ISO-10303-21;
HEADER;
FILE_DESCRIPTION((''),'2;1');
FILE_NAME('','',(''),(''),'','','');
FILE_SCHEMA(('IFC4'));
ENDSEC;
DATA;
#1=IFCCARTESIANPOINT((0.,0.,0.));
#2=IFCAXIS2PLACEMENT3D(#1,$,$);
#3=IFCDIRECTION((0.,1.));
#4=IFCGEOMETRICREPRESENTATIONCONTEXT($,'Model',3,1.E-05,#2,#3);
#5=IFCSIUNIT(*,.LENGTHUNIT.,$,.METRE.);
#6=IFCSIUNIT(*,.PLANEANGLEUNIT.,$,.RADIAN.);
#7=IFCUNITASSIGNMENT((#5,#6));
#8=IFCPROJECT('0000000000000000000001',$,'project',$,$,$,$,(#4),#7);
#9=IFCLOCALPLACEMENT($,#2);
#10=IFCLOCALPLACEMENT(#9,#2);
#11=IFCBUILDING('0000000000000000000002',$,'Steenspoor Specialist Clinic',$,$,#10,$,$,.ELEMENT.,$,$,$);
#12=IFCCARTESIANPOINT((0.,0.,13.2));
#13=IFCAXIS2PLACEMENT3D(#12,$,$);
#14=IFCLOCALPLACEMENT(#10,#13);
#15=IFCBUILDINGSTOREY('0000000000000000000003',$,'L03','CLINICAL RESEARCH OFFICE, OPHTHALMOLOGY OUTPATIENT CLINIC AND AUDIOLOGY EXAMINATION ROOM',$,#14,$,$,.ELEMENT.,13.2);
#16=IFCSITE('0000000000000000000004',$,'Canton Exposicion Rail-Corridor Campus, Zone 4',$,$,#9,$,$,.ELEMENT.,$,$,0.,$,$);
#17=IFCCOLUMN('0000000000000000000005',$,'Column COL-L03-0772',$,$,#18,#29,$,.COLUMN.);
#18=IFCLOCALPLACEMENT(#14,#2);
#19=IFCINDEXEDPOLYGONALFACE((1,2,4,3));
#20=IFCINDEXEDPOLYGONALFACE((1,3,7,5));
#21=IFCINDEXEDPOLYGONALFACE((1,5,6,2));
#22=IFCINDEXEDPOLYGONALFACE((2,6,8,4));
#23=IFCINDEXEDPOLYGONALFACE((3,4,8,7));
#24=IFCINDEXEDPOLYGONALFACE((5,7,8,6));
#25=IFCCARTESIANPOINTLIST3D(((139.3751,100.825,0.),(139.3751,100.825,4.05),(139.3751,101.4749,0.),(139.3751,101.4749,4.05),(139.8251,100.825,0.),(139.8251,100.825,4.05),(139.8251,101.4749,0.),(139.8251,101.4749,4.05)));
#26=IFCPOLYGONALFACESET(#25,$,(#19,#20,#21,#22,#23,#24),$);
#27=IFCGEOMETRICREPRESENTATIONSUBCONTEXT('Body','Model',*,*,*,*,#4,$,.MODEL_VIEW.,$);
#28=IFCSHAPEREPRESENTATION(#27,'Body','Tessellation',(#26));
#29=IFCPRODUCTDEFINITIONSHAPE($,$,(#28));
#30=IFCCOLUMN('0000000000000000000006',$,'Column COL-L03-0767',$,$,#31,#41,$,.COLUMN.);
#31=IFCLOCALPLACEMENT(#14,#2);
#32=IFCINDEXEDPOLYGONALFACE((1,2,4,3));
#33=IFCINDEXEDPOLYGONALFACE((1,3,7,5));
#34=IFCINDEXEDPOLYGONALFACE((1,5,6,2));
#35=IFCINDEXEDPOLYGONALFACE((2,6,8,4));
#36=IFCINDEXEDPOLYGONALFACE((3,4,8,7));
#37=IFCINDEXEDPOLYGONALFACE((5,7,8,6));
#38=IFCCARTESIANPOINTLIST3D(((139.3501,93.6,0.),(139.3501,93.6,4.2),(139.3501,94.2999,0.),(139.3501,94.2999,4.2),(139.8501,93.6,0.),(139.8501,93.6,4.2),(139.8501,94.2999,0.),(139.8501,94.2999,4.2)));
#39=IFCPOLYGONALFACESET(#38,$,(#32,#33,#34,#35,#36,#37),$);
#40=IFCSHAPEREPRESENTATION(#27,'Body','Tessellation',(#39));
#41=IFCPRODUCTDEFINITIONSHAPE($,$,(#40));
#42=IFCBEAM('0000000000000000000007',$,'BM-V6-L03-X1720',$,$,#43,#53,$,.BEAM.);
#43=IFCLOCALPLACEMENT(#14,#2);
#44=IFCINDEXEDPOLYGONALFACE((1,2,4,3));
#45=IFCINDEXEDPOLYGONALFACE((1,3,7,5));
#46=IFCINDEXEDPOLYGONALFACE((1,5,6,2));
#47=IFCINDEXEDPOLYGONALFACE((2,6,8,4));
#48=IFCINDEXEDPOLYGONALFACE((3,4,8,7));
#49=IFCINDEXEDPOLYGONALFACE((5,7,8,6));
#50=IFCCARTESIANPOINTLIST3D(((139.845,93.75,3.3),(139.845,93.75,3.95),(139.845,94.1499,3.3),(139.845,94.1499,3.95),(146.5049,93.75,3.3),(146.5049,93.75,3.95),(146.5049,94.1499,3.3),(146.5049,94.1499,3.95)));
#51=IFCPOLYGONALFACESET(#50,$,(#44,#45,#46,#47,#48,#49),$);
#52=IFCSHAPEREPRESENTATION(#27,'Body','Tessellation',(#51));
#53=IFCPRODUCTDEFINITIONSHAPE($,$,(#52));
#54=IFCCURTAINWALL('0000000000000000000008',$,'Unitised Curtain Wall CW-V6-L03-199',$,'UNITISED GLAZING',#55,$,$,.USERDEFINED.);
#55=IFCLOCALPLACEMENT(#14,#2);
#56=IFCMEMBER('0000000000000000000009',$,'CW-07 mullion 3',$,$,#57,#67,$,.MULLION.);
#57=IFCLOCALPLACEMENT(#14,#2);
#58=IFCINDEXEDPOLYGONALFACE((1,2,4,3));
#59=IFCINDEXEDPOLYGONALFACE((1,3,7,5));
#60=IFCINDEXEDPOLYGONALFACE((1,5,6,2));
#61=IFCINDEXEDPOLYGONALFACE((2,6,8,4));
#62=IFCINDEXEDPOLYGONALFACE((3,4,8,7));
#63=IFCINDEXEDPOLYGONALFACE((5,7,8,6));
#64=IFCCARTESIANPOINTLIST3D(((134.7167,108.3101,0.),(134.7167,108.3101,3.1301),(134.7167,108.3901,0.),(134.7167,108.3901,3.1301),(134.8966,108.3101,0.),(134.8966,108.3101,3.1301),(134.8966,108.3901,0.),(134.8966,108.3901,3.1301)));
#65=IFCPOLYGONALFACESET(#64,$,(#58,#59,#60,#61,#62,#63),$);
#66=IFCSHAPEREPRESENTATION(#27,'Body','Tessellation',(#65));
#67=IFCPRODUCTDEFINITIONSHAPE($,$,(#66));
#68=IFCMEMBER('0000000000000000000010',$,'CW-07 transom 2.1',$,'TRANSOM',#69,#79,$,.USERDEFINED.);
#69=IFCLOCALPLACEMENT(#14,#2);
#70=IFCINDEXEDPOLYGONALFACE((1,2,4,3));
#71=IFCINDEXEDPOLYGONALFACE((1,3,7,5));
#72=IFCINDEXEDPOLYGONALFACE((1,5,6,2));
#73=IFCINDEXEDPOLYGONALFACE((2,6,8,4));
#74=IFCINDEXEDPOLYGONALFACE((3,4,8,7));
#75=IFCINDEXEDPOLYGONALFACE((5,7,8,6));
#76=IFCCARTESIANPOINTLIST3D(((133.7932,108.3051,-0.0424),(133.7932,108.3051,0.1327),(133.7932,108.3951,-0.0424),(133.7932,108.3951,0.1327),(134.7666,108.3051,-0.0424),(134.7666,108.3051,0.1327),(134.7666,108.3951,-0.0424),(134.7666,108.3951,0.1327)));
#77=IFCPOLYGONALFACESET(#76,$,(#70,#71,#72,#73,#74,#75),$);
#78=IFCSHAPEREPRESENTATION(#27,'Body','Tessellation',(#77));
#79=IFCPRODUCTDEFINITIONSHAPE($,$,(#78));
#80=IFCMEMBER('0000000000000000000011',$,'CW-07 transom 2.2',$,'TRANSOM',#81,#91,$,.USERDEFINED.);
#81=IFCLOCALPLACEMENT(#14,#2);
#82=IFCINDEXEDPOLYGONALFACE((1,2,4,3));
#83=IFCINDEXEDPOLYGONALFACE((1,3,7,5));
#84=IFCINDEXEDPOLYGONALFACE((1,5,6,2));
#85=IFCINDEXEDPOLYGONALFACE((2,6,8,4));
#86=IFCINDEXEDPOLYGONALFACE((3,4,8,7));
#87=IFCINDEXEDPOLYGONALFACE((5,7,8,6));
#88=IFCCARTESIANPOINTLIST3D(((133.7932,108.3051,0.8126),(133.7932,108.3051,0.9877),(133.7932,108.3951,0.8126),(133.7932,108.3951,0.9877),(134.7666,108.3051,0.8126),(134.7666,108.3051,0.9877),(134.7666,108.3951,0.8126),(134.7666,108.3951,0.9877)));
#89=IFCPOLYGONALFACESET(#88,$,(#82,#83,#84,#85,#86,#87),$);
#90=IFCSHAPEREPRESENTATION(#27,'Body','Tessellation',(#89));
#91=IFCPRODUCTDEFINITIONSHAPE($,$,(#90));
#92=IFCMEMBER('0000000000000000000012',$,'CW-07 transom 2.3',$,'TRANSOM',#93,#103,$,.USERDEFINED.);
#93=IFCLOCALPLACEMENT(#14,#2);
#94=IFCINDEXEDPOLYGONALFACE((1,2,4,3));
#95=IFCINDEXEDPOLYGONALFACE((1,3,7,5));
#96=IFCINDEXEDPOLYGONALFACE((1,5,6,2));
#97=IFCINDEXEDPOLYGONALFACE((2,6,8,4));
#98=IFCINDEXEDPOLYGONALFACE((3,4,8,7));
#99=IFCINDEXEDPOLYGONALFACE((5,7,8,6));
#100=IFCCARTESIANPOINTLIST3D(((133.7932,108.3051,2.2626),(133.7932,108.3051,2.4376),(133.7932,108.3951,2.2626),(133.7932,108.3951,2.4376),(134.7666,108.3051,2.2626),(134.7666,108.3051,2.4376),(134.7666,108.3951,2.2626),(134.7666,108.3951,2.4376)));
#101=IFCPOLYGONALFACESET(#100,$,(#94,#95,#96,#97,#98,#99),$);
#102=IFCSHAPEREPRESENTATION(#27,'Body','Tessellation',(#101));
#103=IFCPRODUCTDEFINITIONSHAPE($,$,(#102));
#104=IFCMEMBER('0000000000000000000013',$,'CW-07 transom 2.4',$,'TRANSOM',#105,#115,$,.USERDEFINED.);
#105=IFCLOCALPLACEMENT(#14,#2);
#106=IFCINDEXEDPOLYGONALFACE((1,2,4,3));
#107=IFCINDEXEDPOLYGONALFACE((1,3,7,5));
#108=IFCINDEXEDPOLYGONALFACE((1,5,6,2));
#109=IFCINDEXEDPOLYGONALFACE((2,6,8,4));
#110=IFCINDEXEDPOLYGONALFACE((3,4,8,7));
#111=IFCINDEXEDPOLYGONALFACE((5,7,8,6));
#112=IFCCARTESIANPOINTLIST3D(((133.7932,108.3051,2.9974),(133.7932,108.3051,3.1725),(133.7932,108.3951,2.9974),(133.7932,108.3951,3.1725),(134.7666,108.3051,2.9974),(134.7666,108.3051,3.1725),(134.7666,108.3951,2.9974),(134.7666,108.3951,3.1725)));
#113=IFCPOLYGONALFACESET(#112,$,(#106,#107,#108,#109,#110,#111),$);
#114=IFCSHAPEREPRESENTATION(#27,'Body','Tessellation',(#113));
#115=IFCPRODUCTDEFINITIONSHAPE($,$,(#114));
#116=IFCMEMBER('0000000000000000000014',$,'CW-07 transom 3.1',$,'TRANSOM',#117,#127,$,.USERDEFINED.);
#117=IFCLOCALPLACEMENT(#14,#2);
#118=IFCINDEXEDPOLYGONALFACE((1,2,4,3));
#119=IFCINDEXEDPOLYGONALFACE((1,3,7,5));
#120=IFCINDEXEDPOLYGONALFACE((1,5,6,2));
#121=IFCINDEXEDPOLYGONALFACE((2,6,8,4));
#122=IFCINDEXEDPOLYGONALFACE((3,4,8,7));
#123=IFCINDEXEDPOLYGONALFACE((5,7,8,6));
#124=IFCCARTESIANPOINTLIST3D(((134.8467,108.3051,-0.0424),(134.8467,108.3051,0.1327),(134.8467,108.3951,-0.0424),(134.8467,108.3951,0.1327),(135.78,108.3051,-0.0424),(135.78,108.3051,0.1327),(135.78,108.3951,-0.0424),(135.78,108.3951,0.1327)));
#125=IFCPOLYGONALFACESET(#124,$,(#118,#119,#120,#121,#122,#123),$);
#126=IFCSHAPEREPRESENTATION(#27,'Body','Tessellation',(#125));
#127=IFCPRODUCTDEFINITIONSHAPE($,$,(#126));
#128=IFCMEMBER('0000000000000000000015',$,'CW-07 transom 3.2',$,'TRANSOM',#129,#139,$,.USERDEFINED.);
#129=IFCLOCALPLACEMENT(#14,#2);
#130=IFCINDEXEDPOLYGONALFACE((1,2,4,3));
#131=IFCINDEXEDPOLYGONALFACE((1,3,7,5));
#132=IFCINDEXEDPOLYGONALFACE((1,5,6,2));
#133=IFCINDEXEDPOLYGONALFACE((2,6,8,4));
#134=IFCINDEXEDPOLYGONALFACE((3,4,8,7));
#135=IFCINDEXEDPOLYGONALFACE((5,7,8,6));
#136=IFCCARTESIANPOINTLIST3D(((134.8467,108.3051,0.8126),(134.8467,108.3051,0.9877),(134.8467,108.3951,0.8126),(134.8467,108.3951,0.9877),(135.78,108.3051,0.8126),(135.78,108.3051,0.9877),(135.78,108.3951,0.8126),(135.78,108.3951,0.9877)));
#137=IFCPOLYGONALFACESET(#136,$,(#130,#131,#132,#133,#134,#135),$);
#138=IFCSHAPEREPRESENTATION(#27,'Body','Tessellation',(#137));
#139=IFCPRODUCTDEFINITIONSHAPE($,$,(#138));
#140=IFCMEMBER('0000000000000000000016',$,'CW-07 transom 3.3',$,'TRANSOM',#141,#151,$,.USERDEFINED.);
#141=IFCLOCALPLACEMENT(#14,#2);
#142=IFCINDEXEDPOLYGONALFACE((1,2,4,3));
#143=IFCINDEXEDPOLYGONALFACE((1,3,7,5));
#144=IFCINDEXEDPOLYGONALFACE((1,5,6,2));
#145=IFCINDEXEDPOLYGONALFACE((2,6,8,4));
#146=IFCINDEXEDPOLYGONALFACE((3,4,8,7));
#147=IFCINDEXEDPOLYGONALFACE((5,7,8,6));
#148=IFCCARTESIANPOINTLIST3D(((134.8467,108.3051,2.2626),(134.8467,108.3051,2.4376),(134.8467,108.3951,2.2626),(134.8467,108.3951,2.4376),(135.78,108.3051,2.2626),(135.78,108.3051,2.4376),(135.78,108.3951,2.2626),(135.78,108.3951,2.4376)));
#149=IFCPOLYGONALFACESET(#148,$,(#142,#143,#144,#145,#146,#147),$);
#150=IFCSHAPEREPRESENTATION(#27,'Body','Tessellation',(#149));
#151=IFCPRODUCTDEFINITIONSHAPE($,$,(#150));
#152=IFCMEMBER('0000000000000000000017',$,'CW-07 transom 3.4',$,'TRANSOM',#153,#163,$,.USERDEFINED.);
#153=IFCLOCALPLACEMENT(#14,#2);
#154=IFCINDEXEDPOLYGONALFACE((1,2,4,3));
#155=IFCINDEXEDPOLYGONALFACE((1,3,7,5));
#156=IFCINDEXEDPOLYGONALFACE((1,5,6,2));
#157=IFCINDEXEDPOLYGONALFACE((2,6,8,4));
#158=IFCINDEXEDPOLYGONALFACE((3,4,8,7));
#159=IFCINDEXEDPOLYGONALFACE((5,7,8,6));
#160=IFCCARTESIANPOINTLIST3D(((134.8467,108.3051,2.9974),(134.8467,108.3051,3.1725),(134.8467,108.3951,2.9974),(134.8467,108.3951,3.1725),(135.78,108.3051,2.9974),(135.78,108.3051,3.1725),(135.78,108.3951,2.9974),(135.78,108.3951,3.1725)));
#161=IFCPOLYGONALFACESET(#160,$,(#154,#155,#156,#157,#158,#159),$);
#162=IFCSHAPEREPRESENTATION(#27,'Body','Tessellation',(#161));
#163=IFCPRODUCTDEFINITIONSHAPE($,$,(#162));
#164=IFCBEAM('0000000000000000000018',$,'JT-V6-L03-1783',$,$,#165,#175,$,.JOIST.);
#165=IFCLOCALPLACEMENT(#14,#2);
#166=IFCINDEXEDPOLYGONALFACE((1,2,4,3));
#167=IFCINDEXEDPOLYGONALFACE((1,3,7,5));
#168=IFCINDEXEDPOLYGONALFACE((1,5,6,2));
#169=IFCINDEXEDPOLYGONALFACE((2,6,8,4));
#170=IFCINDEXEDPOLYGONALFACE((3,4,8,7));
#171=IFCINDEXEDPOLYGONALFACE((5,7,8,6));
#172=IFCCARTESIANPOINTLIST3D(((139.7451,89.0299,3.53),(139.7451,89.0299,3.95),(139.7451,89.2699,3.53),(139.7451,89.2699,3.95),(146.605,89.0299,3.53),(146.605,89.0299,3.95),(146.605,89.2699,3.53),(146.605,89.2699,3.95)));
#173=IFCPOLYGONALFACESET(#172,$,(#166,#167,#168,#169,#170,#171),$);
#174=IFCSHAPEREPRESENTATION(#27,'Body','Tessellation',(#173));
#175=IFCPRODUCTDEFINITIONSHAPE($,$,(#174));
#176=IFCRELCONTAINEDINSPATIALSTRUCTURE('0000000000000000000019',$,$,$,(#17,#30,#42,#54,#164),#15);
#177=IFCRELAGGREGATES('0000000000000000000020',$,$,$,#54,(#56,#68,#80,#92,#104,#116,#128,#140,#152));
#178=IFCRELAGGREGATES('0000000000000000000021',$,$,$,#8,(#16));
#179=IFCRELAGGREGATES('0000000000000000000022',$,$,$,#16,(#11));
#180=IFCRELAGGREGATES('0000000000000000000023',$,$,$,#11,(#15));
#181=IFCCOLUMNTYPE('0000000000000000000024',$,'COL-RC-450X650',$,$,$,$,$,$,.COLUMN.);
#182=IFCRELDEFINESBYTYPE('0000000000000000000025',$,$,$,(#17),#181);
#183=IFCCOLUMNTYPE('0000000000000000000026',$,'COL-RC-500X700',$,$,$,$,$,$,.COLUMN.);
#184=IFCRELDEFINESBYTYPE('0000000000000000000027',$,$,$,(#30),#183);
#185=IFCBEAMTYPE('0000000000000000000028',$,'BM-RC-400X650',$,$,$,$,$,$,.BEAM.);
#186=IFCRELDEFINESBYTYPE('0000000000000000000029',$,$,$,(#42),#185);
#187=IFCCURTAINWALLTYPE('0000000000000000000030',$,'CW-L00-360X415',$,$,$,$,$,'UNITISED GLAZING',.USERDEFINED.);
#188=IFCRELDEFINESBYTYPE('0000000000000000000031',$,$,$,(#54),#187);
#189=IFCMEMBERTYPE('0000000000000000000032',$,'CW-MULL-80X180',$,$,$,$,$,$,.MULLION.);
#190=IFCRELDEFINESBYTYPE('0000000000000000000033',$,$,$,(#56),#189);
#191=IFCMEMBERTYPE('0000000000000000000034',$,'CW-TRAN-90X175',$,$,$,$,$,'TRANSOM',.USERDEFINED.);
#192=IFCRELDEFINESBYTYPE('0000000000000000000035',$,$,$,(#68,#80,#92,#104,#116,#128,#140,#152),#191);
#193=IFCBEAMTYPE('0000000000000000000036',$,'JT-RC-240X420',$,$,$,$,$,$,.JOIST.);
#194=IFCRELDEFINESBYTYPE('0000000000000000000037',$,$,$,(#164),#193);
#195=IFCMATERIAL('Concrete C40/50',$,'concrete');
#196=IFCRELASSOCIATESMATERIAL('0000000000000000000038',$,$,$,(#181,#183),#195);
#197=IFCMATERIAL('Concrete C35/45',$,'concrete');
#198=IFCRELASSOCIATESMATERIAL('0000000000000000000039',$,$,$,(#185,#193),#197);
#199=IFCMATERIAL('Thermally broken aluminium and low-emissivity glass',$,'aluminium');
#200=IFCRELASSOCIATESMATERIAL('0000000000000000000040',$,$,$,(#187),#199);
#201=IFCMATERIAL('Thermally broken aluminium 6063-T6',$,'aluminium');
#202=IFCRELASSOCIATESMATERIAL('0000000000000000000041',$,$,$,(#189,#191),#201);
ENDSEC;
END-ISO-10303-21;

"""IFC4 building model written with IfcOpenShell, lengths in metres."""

from ifc_helpers import new_model, si_unit, direction, frame, origin, origin_2d, place, context, subcontext, project, spatial, rectangle, extrude, material, material_profile, profile_set, type_object, element, aggregate, save


model = new_model("IFC4")

# Units and contexts
model_context = context("Model", 3, precision=1e-05, world=origin(), true_north=direction((0.0, 1.0)))
body_context = subcontext(model_context, "Body", "Model", "MODEL_VIEW")
ifc_project = project(units=[si_unit("LENGTHUNIT", "METRE"), si_unit("PLANEANGLEUNIT", "RADIAN")], contexts=[model_context])

# Site, building, storey
site_placement = place(None, origin())
site = spatial("IfcSite", under=ifc_project, at=site_placement, Name="Canton Exposicion Rail-Corridor Campus, Zone 4", CompositionType="ELEMENT", RefElevation=0.0)
building_placement = place(site_placement, origin())
building = spatial("IfcBuilding", under=site, at=building_placement, Name="Steenspoor Specialist Clinic", CompositionType="ELEMENT")
storey_placement = place(building_placement, frame((0.0, 0.0, 13.2)))
storey = spatial("IfcBuildingStorey", under=building, at=storey_placement, Name="L03", Description="CLINICAL RESEARCH OFFICE, OPHTHALMOLOGY OUTPATIENT CLINIC AND AUDIOLOGY EXAMINATION ROOM", CompositionType="ELEMENT", Elevation=13.2)

# Columns
ifc_material_1 = material(Name="Concrete C40/50", Category="concrete")
ifc_material_profile_1 = material_profile(ifc_material_1, rectangle(XDim=0.45, YDim=0.6499, at=origin_2d()), Name="RC-COL-450X650")
ifc_profile_set_1 = profile_set([ifc_material_profile_1], Name="Concrete C40/50")
column_type_1 = type_object("IfcColumnType", Name="COL-RC-450X650", PredefinedType="COLUMN", material=ifc_profile_set_1)
column_1_placement = place(storey_placement, frame((139.6001, 101.1499, 0.0), z_axis=(0.0, 0.0, 1.0), x_axis=(1.0, 0.0, 0.0)))
element("IfcColumn", 1, at=column_1_placement, inside=storey, type_object=column_type_1, Name="Column COL-L03-0772", PredefinedType="COLUMN", context=body_context, shape_type="SweptSolid", body=[
    extrude(rectangle(XDim=0.45, YDim=0.6499, at=origin_2d()), origin(), (0.0, 0.0, 1.0), 4.05),
])
ifc_material_profile_2 = material_profile(ifc_material_1, rectangle(XDim=0.5, YDim=0.7, at=origin_2d()), Name="RC-COL-500X700")
ifc_profile_set_2 = profile_set([ifc_material_profile_2], Name="Concrete C40/50")
column_type_2 = type_object("IfcColumnType", Name="COL-RC-500X700", PredefinedType="COLUMN", material=ifc_profile_set_2)
column_2_placement = place(storey_placement, frame((139.6001, 93.95, 0.0), z_axis=(0.0, 0.0, 1.0), x_axis=(1.0, 0.0, 0.0)))
element("IfcColumn", 2, at=column_2_placement, inside=storey, type_object=column_type_2, Name="Column COL-L03-0767", PredefinedType="COLUMN", context=body_context, shape_type="SweptSolid", body=[
    extrude(rectangle(XDim=0.5, YDim=0.7, at=origin_2d()), origin(), (0.0, 0.0, 1.0), 4.2),
])

# Beam
ifc_material_2 = material(Name="Concrete C35/45", Category="concrete")
ifc_material_profile_3 = material_profile(ifc_material_2, rectangle(XDim=0.3999, YDim=0.6499, at=origin_2d()), Name="RC-BM-400X650")
ifc_profile_set_3 = profile_set([ifc_material_profile_3], Name="Concrete C35/45")
beam_type_1 = type_object("IfcBeamType", Name="BM-RC-400X650", PredefinedType="BEAM", material=ifc_profile_set_3)
beam_1_placement = place(storey_placement, frame((139.845, 93.95, 3.625), z_axis=(1.0, 0.0, 0.0), x_axis=(0.0, 1.0, 0.0)))
element("IfcBeam", 3, at=beam_1_placement, inside=storey, type_object=beam_type_1, Name="BM-V6-L03-X1720", PredefinedType="BEAM", context=body_context, shape_type="SweptSolid", body=[
    extrude(rectangle(XDim=0.3999, YDim=0.6499, at=origin_2d()), origin(), (0.0, 0.0, 1.0), 6.6599),
])

# Curtain wall, members
ifc_material_3 = material(Name="Thermally broken aluminium and low-emissivity glass", Category="aluminium")
curtain_wall_type = type_object("IfcCurtainWallType", Name="CW-L00-360X415", ElementType="UNITISED GLAZING", PredefinedType="USERDEFINED", material=ifc_material_3)
curtain_wall_placement = place(storey_placement, origin())
curtain_wall = element("IfcCurtainWall", 4, at=curtain_wall_placement, inside=storey, type_object=curtain_wall_type, Name="Unitised Curtain Wall CW-V6-L03-199", ObjectType="UNITISED GLAZING", PredefinedType="USERDEFINED")
ifc_material_4 = material(Name="Thermally broken aluminium 6063-T6", Category="aluminium")
ifc_material_profile_4 = material_profile(ifc_material_4, rectangle(XDim=0.0801, YDim=0.1799, at=origin_2d()), Name="CWM-80X180")
ifc_profile_set_4 = profile_set([ifc_material_profile_4], Name="Thermally broken aluminium 6063-T6")
member_type_1 = type_object("IfcMemberType", Name="CW-MULL-80X180", PredefinedType="MULLION", material=ifc_profile_set_4)
member_1_placement = place(storey_placement, frame((134.8066, 108.3501, 0.0), z_axis=(0.0, 0.0, 1.0), x_axis=(0.0, 1.0, 0.0)))
member_1 = element("IfcMember", 5, at=member_1_placement, type_object=member_type_1, Name="CW-07 mullion 3", PredefinedType="MULLION", context=body_context, shape_type="SweptSolid", body=[
    extrude(rectangle(XDim=0.0801, YDim=0.1799, at=origin_2d()), origin(), (0.0, 0.0, 1.0), 3.1301),
])
ifc_material_profile_5 = material_profile(ifc_material_4, rectangle(XDim=0.0901, YDim=0.175, at=origin_2d()), Name="CWT-90X175")
ifc_profile_set_5 = profile_set([ifc_material_profile_5], Name="Thermally broken aluminium 6063-T6")
member_type_2 = type_object("IfcMemberType", Name="CW-TRAN-90X175", ElementType="TRANSOM", PredefinedType="USERDEFINED", material=ifc_profile_set_5)
member_2_placement = place(storey_placement, frame((133.7932, 108.3501, 0.0452), z_axis=(1.0, 0.0, 0.0), x_axis=(0.0, 1.0, 0.0)))
member_2 = element("IfcMember", 6, at=member_2_placement, type_object=member_type_2, Name="CW-07 transom 2.1", ObjectType="TRANSOM", PredefinedType="USERDEFINED", context=body_context, shape_type="SweptSolid", body=[
    extrude(rectangle(XDim=0.0901, YDim=0.175, at=origin_2d()), origin(), (0.0, 0.0, 1.0), 0.9734),
])
member_3_placement = place(storey_placement, frame((133.7932, 108.3501, 0.9001), z_axis=(1.0, 0.0, 0.0), x_axis=(0.0, 1.0, 0.0)))
member_3 = element("IfcMember", 7, at=member_3_placement, type_object=member_type_2, Name="CW-07 transom 2.2", ObjectType="TRANSOM", PredefinedType="USERDEFINED", context=body_context, shape_type="SweptSolid", body=[
    extrude(rectangle(XDim=0.0901, YDim=0.175, at=origin_2d()), origin(), (0.0, 0.0, 1.0), 0.9734),
])
member_4_placement = place(storey_placement, frame((133.7932, 108.3501, 2.3501), z_axis=(1.0, 0.0, 0.0), x_axis=(0.0, 1.0, 0.0)))
member_4 = element("IfcMember", 8, at=member_4_placement, type_object=member_type_2, Name="CW-07 transom 2.3", ObjectType="TRANSOM", PredefinedType="USERDEFINED", context=body_context, shape_type="SweptSolid", body=[
    extrude(rectangle(XDim=0.0901, YDim=0.175, at=origin_2d()), origin(), (0.0, 0.0, 1.0), 0.9734),
])
member_5_placement = place(storey_placement, frame((133.7932, 108.3501, 3.085), z_axis=(1.0, 0.0, 0.0), x_axis=(0.0, 1.0, 0.0)))
member_5 = element("IfcMember", 9, at=member_5_placement, type_object=member_type_2, Name="CW-07 transom 2.4", ObjectType="TRANSOM", PredefinedType="USERDEFINED", context=body_context, shape_type="SweptSolid", body=[
    extrude(rectangle(XDim=0.0901, YDim=0.175, at=origin_2d()), origin(), (0.0, 0.0, 1.0), 0.9734),
])
member_6_placement = place(storey_placement, frame((134.8467, 108.3501, 0.0452), z_axis=(1.0, 0.0, 0.0), x_axis=(0.0, 1.0, 0.0)))
member_6 = element("IfcMember", 10, at=member_6_placement, type_object=member_type_2, Name="CW-07 transom 3.1", ObjectType="TRANSOM", PredefinedType="USERDEFINED", context=body_context, shape_type="SweptSolid", body=[
    extrude(rectangle(XDim=0.0901, YDim=0.175, at=origin_2d()), origin(), (0.0, 0.0, 1.0), 0.9333),
])
member_7_placement = place(storey_placement, frame((134.8467, 108.3501, 0.9001), z_axis=(1.0, 0.0, 0.0), x_axis=(0.0, 1.0, 0.0)))
member_7 = element("IfcMember", 11, at=member_7_placement, type_object=member_type_2, Name="CW-07 transom 3.2", ObjectType="TRANSOM", PredefinedType="USERDEFINED", context=body_context, shape_type="SweptSolid", body=[
    extrude(rectangle(XDim=0.0901, YDim=0.175, at=origin_2d()), origin(), (0.0, 0.0, 1.0), 0.9333),
])
member_8_placement = place(storey_placement, frame((134.8467, 108.3501, 2.3501), z_axis=(1.0, 0.0, 0.0), x_axis=(0.0, 1.0, 0.0)))
member_8 = element("IfcMember", 12, at=member_8_placement, type_object=member_type_2, Name="CW-07 transom 3.3", ObjectType="TRANSOM", PredefinedType="USERDEFINED", context=body_context, shape_type="SweptSolid", body=[
    extrude(rectangle(XDim=0.0901, YDim=0.175, at=origin_2d()), origin(), (0.0, 0.0, 1.0), 0.9333),
])
member_9_placement = place(storey_placement, frame((134.8467, 108.3501, 3.085), z_axis=(1.0, 0.0, 0.0), x_axis=(0.0, 1.0, 0.0)))
member_9 = element("IfcMember", 13, at=member_9_placement, type_object=member_type_2, Name="CW-07 transom 3.4", ObjectType="TRANSOM", PredefinedType="USERDEFINED", context=body_context, shape_type="SweptSolid", body=[
    extrude(rectangle(XDim=0.0901, YDim=0.175, at=origin_2d()), origin(), (0.0, 0.0, 1.0), 0.9333),
])

# Beam
ifc_material_profile_6 = material_profile(ifc_material_2, rectangle(XDim=0.24, YDim=0.4199, at=origin_2d()), Name="RC-JT-240X420")
ifc_profile_set_6 = profile_set([ifc_material_profile_6], Name="Concrete C35/45")
beam_type_2 = type_object("IfcBeamType", Name="JT-RC-240X420", PredefinedType="JOIST", material=ifc_profile_set_6)
beam_2_placement = place(storey_placement, frame((139.7451, 89.1499, 3.74), z_axis=(1.0, 0.0, 0.0), x_axis=(0.0, 1.0, 0.0)))
element("IfcBeam", 14, at=beam_2_placement, inside=storey, type_object=beam_type_2, Name="JT-V6-L03-1783", PredefinedType="JOIST", context=body_context, shape_type="SweptSolid", body=[
    extrude(rectangle(XDim=0.24, YDim=0.4199, at=origin_2d()), origin(), (0.0, 0.0, 1.0), 6.8599),
])

aggregate(curtain_wall, [member_1, member_2, member_3, member_4, member_5, member_6, member_7, member_8, member_9])

save(model, "model.ifc")
